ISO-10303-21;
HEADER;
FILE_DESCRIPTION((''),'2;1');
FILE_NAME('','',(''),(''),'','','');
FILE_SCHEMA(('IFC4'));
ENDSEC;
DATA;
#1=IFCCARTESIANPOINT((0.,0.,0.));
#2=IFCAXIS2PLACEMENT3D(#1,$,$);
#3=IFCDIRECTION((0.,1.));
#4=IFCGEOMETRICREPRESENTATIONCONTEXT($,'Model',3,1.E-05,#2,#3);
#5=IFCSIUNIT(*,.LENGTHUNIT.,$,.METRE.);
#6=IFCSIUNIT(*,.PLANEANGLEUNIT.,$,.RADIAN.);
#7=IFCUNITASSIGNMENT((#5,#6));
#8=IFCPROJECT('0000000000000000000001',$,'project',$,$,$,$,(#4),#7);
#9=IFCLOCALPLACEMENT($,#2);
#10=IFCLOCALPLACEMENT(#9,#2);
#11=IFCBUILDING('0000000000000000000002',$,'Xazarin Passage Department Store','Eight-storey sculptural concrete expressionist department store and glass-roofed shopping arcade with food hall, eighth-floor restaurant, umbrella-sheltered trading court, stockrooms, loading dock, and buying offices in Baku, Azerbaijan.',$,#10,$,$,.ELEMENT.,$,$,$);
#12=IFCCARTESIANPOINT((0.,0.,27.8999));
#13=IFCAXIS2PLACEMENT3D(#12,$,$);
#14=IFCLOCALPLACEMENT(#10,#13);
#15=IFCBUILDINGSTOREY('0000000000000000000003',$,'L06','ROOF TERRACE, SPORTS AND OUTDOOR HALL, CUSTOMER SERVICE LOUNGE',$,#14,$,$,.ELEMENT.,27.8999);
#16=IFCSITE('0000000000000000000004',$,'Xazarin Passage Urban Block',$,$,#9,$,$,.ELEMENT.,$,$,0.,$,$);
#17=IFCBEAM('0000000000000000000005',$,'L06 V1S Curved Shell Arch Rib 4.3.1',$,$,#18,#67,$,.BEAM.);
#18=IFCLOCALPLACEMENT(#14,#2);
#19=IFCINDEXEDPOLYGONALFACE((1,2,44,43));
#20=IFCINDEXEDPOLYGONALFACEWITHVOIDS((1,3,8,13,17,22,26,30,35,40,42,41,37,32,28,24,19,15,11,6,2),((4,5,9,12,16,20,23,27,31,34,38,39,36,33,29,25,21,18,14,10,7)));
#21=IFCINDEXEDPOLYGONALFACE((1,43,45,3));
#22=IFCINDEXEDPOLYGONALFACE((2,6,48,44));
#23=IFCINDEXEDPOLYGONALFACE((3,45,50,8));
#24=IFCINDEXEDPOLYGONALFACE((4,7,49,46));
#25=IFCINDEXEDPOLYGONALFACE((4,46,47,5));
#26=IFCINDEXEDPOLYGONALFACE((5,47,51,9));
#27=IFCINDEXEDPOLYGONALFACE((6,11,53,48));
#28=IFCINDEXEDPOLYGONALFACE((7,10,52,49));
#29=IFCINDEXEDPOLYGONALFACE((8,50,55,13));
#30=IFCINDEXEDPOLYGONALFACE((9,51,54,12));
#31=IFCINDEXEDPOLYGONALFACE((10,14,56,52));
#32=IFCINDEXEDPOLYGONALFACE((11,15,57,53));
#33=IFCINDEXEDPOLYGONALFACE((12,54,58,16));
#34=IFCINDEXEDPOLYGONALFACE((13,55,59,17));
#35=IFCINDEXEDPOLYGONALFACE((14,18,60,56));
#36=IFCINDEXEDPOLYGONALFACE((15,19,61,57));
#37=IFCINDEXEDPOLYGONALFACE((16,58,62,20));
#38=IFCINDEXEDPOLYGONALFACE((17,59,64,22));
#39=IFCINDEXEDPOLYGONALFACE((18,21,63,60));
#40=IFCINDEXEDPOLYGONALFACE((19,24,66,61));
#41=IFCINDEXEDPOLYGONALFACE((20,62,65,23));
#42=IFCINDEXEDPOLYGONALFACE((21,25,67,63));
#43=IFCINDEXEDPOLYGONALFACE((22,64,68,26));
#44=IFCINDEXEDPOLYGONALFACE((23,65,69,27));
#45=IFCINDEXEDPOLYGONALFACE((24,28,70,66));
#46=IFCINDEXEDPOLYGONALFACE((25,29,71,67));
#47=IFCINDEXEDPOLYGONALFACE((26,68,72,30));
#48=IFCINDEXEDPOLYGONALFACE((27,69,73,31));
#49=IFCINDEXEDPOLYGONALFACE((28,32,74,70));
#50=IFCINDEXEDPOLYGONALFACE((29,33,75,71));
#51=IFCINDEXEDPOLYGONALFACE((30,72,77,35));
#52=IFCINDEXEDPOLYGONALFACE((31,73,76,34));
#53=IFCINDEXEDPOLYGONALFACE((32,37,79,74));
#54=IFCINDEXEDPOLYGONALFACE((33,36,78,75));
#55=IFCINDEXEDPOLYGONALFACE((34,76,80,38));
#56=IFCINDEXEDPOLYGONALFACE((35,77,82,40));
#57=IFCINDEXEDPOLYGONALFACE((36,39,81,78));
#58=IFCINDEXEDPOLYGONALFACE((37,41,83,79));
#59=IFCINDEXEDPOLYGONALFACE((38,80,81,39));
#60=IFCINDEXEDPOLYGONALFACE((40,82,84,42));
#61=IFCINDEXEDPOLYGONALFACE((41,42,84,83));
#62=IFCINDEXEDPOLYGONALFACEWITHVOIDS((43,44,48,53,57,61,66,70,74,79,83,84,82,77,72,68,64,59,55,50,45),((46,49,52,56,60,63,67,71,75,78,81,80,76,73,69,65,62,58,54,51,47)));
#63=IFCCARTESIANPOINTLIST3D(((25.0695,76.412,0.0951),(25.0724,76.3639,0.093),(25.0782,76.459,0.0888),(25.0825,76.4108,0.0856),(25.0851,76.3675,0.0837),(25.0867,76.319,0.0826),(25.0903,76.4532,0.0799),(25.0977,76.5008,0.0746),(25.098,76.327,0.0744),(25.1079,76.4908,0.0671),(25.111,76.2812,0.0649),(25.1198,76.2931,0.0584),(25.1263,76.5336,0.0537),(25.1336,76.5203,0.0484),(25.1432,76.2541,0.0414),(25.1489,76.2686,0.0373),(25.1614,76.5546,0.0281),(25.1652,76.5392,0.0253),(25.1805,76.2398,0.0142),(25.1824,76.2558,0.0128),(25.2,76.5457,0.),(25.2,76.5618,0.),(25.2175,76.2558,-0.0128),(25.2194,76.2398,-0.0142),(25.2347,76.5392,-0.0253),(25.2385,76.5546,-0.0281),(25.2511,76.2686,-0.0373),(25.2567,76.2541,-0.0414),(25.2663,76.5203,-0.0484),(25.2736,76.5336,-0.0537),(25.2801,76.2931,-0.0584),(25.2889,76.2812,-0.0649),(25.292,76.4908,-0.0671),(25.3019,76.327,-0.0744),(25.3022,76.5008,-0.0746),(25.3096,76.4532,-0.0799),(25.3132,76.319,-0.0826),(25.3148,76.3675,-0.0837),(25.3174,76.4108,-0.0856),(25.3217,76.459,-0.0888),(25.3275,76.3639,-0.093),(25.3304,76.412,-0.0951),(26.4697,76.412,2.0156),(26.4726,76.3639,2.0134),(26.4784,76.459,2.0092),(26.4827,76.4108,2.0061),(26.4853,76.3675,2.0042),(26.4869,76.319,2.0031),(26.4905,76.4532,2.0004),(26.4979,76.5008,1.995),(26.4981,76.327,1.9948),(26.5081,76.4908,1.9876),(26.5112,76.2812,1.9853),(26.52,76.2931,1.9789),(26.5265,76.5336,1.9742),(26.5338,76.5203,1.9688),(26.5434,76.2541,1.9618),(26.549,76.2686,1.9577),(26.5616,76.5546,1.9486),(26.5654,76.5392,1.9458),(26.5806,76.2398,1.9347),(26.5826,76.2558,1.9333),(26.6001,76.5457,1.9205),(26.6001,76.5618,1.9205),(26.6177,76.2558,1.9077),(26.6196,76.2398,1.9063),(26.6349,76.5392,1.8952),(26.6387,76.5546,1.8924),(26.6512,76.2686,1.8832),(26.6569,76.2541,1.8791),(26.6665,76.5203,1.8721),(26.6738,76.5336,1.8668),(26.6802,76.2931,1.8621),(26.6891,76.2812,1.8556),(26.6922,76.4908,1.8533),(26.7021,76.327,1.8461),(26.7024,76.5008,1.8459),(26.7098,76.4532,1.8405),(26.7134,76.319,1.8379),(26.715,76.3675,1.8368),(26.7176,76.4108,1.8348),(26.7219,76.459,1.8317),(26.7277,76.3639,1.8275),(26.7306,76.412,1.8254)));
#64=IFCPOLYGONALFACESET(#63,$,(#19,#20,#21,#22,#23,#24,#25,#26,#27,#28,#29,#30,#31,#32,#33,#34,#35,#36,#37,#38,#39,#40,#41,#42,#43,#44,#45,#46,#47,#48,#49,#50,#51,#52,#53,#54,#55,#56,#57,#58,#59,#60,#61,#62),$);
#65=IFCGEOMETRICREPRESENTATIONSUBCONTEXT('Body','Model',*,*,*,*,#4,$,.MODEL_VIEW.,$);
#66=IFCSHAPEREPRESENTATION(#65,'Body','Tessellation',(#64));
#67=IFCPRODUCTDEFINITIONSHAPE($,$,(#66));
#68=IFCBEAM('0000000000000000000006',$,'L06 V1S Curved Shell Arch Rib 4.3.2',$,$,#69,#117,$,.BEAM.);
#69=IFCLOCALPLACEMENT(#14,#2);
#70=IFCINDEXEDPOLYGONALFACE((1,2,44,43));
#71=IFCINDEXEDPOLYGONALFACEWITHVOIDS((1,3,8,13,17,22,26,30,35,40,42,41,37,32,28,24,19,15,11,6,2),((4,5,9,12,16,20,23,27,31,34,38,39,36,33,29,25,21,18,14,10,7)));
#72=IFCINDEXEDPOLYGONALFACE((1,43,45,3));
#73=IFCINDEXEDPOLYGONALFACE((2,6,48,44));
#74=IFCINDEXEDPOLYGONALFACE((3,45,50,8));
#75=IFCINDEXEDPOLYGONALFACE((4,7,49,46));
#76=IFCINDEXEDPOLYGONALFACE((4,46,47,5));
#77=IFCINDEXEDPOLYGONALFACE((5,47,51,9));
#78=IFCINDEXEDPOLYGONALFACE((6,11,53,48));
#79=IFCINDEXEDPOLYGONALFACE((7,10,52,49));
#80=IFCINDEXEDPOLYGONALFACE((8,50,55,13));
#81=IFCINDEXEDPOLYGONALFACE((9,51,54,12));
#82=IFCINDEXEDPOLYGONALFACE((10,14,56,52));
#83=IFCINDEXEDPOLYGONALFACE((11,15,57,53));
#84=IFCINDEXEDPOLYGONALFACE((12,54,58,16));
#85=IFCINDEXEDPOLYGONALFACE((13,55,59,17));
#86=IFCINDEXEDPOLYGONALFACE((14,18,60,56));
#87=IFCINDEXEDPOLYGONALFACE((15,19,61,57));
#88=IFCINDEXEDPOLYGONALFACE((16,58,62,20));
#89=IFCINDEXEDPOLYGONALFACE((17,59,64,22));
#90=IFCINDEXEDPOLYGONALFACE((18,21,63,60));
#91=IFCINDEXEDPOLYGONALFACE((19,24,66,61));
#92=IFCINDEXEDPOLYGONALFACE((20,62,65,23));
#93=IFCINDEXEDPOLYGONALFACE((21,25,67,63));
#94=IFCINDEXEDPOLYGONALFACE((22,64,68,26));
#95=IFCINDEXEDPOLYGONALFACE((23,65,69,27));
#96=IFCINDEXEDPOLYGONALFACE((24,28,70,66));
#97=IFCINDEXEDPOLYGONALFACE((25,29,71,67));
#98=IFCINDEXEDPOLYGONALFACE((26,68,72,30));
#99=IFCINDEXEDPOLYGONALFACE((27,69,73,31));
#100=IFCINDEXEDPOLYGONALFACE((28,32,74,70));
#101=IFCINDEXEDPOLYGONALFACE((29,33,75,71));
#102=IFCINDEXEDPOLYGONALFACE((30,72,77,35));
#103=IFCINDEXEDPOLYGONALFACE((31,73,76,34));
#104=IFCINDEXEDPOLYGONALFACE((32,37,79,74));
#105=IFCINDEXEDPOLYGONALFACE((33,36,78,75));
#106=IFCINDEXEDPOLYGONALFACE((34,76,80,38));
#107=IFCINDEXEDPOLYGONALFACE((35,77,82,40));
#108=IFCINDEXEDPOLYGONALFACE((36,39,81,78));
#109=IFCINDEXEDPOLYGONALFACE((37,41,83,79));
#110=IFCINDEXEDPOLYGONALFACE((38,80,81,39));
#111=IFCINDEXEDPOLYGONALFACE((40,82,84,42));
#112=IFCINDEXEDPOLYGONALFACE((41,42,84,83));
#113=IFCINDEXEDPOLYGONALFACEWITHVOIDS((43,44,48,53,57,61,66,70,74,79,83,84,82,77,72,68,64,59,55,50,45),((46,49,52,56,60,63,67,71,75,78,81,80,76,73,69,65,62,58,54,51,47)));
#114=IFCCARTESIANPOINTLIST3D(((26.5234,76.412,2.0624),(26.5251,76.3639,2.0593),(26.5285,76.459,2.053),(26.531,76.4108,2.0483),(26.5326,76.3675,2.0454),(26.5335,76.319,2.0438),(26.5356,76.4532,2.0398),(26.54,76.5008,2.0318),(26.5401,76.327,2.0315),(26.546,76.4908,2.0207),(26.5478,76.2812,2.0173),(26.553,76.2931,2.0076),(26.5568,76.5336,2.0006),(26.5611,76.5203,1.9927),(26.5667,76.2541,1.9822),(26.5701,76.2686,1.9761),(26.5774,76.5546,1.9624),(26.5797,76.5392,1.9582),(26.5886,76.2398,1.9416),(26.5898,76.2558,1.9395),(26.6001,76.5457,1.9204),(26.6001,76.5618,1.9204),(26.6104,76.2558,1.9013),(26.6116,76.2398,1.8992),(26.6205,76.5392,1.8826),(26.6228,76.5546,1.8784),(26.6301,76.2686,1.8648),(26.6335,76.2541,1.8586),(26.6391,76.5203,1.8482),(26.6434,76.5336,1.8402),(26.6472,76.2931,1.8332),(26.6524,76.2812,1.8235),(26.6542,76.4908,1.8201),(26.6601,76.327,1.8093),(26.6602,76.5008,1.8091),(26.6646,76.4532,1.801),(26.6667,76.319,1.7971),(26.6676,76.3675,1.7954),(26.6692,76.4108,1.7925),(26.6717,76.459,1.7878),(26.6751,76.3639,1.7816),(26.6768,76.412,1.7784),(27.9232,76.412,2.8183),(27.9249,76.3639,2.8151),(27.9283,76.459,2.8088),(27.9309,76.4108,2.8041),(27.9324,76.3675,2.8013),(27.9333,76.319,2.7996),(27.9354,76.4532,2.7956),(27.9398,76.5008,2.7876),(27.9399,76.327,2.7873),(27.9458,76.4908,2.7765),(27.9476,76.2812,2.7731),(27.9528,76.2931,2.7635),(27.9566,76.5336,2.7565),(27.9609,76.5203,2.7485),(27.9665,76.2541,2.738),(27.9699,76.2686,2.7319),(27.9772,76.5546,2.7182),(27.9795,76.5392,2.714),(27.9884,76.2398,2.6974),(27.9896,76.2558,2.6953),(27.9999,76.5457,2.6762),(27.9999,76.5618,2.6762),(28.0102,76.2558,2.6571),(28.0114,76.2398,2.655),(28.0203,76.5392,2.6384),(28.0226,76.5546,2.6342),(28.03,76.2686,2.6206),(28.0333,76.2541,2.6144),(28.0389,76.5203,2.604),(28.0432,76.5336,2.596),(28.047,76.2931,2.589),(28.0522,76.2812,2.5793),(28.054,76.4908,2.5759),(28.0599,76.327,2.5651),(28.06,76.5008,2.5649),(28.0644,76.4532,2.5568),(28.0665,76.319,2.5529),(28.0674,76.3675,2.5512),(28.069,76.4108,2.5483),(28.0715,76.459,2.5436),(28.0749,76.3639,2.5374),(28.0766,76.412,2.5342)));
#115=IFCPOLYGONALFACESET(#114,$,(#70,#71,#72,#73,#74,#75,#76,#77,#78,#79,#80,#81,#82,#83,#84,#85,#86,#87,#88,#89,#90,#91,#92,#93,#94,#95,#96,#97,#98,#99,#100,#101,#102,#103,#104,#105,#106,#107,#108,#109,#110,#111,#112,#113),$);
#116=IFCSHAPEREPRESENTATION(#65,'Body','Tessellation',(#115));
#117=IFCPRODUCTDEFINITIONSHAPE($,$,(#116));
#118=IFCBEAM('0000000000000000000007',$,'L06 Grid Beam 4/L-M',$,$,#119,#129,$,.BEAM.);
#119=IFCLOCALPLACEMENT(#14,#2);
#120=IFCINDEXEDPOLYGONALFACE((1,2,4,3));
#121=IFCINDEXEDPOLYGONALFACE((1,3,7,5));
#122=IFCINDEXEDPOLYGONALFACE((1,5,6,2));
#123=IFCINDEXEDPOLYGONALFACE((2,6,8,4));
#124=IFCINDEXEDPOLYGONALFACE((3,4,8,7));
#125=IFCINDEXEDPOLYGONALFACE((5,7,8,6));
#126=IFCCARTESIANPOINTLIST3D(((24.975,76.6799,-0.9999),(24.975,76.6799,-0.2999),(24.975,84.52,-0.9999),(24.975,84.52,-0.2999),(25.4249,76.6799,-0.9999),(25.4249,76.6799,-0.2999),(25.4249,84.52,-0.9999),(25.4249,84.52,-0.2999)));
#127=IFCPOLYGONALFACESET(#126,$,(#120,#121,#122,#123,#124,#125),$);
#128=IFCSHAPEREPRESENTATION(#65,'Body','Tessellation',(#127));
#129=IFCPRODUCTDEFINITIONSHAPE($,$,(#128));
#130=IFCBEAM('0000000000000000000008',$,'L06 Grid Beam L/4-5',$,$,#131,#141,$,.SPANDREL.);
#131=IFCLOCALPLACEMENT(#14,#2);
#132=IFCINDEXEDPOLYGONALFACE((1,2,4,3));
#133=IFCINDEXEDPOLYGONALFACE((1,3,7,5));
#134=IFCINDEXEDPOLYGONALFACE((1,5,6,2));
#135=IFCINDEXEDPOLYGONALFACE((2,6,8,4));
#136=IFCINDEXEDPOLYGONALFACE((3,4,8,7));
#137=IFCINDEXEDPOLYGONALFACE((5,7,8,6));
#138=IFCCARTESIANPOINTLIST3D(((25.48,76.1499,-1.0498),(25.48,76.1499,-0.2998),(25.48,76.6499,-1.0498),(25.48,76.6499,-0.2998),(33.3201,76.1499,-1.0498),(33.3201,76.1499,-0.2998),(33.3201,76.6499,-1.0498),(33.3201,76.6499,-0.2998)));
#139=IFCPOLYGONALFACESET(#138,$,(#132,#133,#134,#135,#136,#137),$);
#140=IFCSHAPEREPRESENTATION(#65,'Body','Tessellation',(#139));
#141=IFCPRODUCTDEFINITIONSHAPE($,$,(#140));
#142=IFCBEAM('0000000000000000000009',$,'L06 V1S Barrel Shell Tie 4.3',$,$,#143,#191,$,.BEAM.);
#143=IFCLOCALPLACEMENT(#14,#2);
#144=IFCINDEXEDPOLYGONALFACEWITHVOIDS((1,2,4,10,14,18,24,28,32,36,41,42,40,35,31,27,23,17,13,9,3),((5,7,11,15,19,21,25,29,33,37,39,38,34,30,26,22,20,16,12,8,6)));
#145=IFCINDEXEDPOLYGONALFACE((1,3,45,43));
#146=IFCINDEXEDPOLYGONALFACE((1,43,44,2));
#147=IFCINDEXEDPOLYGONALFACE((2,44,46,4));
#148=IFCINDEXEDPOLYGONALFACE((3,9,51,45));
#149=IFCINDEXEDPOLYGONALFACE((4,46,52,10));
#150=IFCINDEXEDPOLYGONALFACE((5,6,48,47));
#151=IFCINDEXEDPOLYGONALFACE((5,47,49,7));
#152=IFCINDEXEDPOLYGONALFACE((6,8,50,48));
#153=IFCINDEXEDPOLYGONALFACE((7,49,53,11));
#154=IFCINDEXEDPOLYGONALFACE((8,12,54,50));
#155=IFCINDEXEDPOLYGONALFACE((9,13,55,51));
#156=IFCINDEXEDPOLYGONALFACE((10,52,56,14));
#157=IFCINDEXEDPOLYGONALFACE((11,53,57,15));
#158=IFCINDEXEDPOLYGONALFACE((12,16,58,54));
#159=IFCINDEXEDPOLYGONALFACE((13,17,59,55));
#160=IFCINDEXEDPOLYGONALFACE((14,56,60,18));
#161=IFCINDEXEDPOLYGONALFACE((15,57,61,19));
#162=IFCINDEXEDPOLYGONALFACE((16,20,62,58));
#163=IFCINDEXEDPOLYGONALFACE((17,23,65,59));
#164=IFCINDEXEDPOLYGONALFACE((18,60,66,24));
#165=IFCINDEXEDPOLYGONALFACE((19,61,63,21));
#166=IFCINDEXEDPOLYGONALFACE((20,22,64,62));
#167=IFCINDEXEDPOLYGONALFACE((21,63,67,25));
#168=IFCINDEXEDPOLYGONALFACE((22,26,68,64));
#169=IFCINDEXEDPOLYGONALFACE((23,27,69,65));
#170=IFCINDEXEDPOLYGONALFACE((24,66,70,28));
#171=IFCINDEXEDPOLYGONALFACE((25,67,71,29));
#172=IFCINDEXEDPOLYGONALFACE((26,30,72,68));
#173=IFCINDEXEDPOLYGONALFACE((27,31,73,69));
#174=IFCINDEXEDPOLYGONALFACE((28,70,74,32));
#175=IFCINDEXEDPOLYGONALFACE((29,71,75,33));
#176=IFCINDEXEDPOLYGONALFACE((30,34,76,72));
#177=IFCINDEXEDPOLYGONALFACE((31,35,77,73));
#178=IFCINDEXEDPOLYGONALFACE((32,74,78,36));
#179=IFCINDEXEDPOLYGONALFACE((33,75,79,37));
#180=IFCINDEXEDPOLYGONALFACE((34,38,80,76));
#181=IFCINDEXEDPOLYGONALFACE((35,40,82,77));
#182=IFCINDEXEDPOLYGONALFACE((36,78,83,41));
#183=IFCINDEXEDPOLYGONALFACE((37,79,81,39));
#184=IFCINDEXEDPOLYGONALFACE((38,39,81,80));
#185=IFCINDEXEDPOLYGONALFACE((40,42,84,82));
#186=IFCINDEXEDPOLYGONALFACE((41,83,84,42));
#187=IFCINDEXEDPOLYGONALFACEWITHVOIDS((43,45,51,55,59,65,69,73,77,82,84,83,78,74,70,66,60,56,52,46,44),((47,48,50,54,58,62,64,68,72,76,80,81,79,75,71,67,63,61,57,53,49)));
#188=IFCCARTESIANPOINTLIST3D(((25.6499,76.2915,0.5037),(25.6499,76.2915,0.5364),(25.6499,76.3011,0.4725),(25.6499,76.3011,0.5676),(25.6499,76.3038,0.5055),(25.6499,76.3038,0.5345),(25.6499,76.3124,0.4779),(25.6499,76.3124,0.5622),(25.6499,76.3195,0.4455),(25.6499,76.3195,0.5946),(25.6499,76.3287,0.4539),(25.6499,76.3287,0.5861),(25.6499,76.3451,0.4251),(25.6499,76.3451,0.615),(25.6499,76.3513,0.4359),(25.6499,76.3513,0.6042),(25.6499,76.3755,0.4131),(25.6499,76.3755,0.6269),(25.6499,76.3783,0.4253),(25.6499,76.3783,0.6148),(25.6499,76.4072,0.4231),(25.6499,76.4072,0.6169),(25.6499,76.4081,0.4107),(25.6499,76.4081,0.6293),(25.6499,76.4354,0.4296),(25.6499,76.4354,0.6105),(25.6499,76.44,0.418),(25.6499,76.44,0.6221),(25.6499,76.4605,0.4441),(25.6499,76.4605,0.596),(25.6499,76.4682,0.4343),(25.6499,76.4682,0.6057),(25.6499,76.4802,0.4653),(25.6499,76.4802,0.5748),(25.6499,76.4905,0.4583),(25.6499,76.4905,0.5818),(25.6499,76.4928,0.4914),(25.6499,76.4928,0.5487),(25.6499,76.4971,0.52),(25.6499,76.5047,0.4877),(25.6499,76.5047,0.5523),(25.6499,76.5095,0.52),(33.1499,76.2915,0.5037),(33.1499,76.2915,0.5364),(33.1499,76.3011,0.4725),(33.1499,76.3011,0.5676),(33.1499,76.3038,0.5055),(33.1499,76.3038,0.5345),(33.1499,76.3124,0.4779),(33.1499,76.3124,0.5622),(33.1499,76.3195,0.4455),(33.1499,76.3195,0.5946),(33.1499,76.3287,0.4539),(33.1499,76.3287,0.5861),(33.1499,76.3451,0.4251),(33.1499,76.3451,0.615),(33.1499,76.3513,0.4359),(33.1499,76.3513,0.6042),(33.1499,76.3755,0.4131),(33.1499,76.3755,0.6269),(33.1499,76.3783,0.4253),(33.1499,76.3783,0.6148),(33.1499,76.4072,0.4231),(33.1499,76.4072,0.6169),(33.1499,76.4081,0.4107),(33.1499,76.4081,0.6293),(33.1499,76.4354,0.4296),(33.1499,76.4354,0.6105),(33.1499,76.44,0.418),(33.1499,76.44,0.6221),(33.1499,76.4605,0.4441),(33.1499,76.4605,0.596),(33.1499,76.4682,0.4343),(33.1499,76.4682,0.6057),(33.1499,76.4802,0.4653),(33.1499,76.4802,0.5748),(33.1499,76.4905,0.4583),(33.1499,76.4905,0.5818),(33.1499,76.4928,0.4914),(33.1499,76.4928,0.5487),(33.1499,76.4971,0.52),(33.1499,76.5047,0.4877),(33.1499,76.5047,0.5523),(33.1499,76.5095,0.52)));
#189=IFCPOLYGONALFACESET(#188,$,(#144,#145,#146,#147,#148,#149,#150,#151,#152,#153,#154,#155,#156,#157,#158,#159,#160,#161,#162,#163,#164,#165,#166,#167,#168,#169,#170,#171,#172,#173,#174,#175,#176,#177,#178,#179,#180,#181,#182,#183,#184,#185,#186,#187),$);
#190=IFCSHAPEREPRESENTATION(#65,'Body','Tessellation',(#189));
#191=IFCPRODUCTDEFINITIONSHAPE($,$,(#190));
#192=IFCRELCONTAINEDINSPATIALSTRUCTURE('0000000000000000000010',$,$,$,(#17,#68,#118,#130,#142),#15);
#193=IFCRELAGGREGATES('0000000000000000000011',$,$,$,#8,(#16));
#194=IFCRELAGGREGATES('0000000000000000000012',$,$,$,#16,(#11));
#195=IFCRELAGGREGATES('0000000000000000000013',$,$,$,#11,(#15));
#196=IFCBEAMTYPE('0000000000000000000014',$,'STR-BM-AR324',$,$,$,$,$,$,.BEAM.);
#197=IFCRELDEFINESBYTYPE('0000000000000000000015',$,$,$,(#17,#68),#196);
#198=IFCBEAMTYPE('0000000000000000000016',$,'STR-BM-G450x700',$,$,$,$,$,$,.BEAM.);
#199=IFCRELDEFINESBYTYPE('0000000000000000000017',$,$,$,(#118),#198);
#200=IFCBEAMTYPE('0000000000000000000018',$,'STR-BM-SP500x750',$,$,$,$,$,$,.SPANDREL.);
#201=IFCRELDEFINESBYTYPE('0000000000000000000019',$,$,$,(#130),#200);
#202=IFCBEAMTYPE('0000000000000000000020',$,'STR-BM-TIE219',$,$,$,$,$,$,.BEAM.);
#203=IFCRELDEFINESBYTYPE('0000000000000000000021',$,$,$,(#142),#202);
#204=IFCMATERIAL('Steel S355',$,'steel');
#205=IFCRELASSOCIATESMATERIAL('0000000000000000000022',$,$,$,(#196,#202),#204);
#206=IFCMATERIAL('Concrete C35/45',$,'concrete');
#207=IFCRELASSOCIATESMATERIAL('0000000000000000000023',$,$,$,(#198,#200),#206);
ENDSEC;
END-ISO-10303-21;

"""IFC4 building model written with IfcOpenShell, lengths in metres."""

from ifc_helpers import new_model, si_unit, direction, frame, origin, origin_2d, place, context, subcontext, project, spatial, rectangle, hollow_circle, extrude, material, material_profile, profile_set, type_object, element, save


model = new_model("IFC4")

# Units and contexts
model_context = context("Model", 3, precision=1e-05, world=origin(), true_north=direction((0.0, 1.0)))
body_context = subcontext(model_context, "Body", "Model", "MODEL_VIEW")
ifc_project = project(units=[si_unit("LENGTHUNIT", "METRE"), si_unit("PLANEANGLEUNIT", "RADIAN")], contexts=[model_context])

# Site, building, storey
site_placement = place(None, origin())
site = spatial("IfcSite", under=ifc_project, at=site_placement, Name="Xazarin Passage Urban Block", CompositionType="ELEMENT", RefElevation=0.0)
building_placement = place(site_placement, origin())
building = spatial("IfcBuilding", under=site, at=building_placement, Name="Xazarin Passage Department Store", Description="Eight-storey sculptural concrete expressionist department store and glass-roofed shopping arcade with food hall, eighth-floor restaurant, umbrella-sheltered trading court, stockrooms, loading dock, and buying offices in Baku, Azerbaijan.", CompositionType="ELEMENT")
storey_placement = place(building_placement, frame((0.0, 0.0, 27.8999)))
storey = spatial("IfcBuildingStorey", under=building, at=storey_placement, Name="L06", Description="ROOF TERRACE, SPORTS AND OUTDOOR HALL, CUSTOMER SERVICE LOUNGE", CompositionType="ELEMENT", Elevation=27.8999)

# Beams
ifc_material_1 = material(Name="Steel S355", Category="steel")
ifc_material_profile_1 = material_profile(ifc_material_1, hollow_circle(Radius=0.1619, WallThickness=0.0161, at=origin_2d()), Name="CHS 323.9x16")
ifc_profile_set_1 = profile_set([ifc_material_profile_1], Name="Steel S355")
beam_type_1 = type_object("IfcBeamType", Name="STR-BM-AR324", PredefinedType="BEAM", material=ifc_profile_set_1)
beam_1_placement = place(storey_placement, frame((25.2, 76.3999, 0.0), z_axis=(0.58913, 0.0, 0.808038), x_axis=(0.0, 1.0, 0.0)))
element("IfcBeam", 1, at=beam_1_placement, inside=storey, type_object=beam_type_1, Name="L06 V1S Curved Shell Arch Rib 4.3.1", PredefinedType="BEAM", context=body_context, shape_type="SweptSolid", body=[
    extrude(hollow_circle(Radius=0.1619, WallThickness=0.0161, at=origin_2d()), origin(), (0.0, 0.0, 1.0), 2.3767),
])
beam_2_placement = place(storey_placement, frame((26.6001, 76.3999, 1.9204), z_axis=(0.879928, 0.0, 0.475106), x_axis=(0.0, 1.0, 0.0)))
element("IfcBeam", 2, at=beam_2_placement, inside=storey, type_object=beam_type_1, Name="L06 V1S Curved Shell Arch Rib 4.3.2", PredefinedType="BEAM", context=body_context, shape_type="SweptSolid", body=[
    extrude(hollow_circle(Radius=0.1619, WallThickness=0.0161, at=origin_2d()), origin(), (0.0, 0.0, 1.0), 1.5908),
])
ifc_material_2 = material(Name="Concrete C35/45", Category="concrete")
ifc_material_profile_2 = material_profile(ifc_material_2, rectangle(XDim=0.45, YDim=0.7, at=origin_2d()), Name="RC 450x700")
ifc_profile_set_2 = profile_set([ifc_material_profile_2], Name="Concrete C35/45")
beam_type_2 = type_object("IfcBeamType", Name="STR-BM-G450x700", PredefinedType="BEAM", material=ifc_profile_set_2)
beam_3_placement = place(storey_placement, frame((25.2, 76.6799, -0.6499), z_axis=(0.0, 1.0, 0.0), x_axis=(-1.0, 0.0, 0.0)))
element("IfcBeam", 3, at=beam_3_placement, inside=storey, type_object=beam_type_2, Name="L06 Grid Beam 4/L-M", PredefinedType="BEAM", context=body_context, shape_type="SweptSolid", body=[
    extrude(rectangle(XDim=0.45, YDim=0.7, at=origin_2d()), origin(), (0.0, 0.0, 1.0), 7.8401),
])
ifc_material_profile_3 = material_profile(ifc_material_2, rectangle(XDim=0.5, YDim=0.75, at=origin_2d()), Name="RC 500x750")
ifc_profile_set_3 = profile_set([ifc_material_profile_3], Name="Concrete C35/45")
beam_type_3 = type_object("IfcBeamType", Name="STR-BM-SP500x750", PredefinedType="SPANDREL", material=ifc_profile_set_3)
beam_4_placement = place(storey_placement, frame((25.48, 76.3999, -0.6748), z_axis=(1.0, 0.0, 0.0), x_axis=(0.0, 1.0, 0.0)))
element("IfcBeam", 4, at=beam_4_placement, inside=storey, type_object=beam_type_3, Name="L06 Grid Beam L/4-5", PredefinedType="SPANDREL", context=body_context, shape_type="SweptSolid", body=[
    extrude(rectangle(XDim=0.5, YDim=0.75, at=origin_2d()), origin(), (0.0, 0.0, 1.0), 7.8401),
])
ifc_material_profile_4 = material_profile(ifc_material_1, hollow_circle(Radius=0.1096, WallThickness=0.0125, at=origin_2d()), Name="CHS 219.1x12.5")
ifc_profile_set_4 = profile_set([ifc_material_profile_4], Name="Steel S355")
beam_type_4 = type_object("IfcBeamType", Name="STR-BM-TIE219", PredefinedType="BEAM", material=ifc_profile_set_4)
beam_5_placement = place(storey_placement, frame((25.6499, 76.3999, 0.52), z_axis=(1.0, 0.0, 0.0), x_axis=(0.0, 1.0, 0.0)))
element("IfcBeam", 5, at=beam_5_placement, inside=storey, type_object=beam_type_4, Name="L06 V1S Barrel Shell Tie 4.3", PredefinedType="BEAM", context=body_context, shape_type="SweptSolid", body=[
    extrude(hollow_circle(Radius=0.1096, WallThickness=0.0125, at=origin_2d()), origin(), (0.0, 0.0, 1.0), 7.5),
])

save(model, "model.ifc")
